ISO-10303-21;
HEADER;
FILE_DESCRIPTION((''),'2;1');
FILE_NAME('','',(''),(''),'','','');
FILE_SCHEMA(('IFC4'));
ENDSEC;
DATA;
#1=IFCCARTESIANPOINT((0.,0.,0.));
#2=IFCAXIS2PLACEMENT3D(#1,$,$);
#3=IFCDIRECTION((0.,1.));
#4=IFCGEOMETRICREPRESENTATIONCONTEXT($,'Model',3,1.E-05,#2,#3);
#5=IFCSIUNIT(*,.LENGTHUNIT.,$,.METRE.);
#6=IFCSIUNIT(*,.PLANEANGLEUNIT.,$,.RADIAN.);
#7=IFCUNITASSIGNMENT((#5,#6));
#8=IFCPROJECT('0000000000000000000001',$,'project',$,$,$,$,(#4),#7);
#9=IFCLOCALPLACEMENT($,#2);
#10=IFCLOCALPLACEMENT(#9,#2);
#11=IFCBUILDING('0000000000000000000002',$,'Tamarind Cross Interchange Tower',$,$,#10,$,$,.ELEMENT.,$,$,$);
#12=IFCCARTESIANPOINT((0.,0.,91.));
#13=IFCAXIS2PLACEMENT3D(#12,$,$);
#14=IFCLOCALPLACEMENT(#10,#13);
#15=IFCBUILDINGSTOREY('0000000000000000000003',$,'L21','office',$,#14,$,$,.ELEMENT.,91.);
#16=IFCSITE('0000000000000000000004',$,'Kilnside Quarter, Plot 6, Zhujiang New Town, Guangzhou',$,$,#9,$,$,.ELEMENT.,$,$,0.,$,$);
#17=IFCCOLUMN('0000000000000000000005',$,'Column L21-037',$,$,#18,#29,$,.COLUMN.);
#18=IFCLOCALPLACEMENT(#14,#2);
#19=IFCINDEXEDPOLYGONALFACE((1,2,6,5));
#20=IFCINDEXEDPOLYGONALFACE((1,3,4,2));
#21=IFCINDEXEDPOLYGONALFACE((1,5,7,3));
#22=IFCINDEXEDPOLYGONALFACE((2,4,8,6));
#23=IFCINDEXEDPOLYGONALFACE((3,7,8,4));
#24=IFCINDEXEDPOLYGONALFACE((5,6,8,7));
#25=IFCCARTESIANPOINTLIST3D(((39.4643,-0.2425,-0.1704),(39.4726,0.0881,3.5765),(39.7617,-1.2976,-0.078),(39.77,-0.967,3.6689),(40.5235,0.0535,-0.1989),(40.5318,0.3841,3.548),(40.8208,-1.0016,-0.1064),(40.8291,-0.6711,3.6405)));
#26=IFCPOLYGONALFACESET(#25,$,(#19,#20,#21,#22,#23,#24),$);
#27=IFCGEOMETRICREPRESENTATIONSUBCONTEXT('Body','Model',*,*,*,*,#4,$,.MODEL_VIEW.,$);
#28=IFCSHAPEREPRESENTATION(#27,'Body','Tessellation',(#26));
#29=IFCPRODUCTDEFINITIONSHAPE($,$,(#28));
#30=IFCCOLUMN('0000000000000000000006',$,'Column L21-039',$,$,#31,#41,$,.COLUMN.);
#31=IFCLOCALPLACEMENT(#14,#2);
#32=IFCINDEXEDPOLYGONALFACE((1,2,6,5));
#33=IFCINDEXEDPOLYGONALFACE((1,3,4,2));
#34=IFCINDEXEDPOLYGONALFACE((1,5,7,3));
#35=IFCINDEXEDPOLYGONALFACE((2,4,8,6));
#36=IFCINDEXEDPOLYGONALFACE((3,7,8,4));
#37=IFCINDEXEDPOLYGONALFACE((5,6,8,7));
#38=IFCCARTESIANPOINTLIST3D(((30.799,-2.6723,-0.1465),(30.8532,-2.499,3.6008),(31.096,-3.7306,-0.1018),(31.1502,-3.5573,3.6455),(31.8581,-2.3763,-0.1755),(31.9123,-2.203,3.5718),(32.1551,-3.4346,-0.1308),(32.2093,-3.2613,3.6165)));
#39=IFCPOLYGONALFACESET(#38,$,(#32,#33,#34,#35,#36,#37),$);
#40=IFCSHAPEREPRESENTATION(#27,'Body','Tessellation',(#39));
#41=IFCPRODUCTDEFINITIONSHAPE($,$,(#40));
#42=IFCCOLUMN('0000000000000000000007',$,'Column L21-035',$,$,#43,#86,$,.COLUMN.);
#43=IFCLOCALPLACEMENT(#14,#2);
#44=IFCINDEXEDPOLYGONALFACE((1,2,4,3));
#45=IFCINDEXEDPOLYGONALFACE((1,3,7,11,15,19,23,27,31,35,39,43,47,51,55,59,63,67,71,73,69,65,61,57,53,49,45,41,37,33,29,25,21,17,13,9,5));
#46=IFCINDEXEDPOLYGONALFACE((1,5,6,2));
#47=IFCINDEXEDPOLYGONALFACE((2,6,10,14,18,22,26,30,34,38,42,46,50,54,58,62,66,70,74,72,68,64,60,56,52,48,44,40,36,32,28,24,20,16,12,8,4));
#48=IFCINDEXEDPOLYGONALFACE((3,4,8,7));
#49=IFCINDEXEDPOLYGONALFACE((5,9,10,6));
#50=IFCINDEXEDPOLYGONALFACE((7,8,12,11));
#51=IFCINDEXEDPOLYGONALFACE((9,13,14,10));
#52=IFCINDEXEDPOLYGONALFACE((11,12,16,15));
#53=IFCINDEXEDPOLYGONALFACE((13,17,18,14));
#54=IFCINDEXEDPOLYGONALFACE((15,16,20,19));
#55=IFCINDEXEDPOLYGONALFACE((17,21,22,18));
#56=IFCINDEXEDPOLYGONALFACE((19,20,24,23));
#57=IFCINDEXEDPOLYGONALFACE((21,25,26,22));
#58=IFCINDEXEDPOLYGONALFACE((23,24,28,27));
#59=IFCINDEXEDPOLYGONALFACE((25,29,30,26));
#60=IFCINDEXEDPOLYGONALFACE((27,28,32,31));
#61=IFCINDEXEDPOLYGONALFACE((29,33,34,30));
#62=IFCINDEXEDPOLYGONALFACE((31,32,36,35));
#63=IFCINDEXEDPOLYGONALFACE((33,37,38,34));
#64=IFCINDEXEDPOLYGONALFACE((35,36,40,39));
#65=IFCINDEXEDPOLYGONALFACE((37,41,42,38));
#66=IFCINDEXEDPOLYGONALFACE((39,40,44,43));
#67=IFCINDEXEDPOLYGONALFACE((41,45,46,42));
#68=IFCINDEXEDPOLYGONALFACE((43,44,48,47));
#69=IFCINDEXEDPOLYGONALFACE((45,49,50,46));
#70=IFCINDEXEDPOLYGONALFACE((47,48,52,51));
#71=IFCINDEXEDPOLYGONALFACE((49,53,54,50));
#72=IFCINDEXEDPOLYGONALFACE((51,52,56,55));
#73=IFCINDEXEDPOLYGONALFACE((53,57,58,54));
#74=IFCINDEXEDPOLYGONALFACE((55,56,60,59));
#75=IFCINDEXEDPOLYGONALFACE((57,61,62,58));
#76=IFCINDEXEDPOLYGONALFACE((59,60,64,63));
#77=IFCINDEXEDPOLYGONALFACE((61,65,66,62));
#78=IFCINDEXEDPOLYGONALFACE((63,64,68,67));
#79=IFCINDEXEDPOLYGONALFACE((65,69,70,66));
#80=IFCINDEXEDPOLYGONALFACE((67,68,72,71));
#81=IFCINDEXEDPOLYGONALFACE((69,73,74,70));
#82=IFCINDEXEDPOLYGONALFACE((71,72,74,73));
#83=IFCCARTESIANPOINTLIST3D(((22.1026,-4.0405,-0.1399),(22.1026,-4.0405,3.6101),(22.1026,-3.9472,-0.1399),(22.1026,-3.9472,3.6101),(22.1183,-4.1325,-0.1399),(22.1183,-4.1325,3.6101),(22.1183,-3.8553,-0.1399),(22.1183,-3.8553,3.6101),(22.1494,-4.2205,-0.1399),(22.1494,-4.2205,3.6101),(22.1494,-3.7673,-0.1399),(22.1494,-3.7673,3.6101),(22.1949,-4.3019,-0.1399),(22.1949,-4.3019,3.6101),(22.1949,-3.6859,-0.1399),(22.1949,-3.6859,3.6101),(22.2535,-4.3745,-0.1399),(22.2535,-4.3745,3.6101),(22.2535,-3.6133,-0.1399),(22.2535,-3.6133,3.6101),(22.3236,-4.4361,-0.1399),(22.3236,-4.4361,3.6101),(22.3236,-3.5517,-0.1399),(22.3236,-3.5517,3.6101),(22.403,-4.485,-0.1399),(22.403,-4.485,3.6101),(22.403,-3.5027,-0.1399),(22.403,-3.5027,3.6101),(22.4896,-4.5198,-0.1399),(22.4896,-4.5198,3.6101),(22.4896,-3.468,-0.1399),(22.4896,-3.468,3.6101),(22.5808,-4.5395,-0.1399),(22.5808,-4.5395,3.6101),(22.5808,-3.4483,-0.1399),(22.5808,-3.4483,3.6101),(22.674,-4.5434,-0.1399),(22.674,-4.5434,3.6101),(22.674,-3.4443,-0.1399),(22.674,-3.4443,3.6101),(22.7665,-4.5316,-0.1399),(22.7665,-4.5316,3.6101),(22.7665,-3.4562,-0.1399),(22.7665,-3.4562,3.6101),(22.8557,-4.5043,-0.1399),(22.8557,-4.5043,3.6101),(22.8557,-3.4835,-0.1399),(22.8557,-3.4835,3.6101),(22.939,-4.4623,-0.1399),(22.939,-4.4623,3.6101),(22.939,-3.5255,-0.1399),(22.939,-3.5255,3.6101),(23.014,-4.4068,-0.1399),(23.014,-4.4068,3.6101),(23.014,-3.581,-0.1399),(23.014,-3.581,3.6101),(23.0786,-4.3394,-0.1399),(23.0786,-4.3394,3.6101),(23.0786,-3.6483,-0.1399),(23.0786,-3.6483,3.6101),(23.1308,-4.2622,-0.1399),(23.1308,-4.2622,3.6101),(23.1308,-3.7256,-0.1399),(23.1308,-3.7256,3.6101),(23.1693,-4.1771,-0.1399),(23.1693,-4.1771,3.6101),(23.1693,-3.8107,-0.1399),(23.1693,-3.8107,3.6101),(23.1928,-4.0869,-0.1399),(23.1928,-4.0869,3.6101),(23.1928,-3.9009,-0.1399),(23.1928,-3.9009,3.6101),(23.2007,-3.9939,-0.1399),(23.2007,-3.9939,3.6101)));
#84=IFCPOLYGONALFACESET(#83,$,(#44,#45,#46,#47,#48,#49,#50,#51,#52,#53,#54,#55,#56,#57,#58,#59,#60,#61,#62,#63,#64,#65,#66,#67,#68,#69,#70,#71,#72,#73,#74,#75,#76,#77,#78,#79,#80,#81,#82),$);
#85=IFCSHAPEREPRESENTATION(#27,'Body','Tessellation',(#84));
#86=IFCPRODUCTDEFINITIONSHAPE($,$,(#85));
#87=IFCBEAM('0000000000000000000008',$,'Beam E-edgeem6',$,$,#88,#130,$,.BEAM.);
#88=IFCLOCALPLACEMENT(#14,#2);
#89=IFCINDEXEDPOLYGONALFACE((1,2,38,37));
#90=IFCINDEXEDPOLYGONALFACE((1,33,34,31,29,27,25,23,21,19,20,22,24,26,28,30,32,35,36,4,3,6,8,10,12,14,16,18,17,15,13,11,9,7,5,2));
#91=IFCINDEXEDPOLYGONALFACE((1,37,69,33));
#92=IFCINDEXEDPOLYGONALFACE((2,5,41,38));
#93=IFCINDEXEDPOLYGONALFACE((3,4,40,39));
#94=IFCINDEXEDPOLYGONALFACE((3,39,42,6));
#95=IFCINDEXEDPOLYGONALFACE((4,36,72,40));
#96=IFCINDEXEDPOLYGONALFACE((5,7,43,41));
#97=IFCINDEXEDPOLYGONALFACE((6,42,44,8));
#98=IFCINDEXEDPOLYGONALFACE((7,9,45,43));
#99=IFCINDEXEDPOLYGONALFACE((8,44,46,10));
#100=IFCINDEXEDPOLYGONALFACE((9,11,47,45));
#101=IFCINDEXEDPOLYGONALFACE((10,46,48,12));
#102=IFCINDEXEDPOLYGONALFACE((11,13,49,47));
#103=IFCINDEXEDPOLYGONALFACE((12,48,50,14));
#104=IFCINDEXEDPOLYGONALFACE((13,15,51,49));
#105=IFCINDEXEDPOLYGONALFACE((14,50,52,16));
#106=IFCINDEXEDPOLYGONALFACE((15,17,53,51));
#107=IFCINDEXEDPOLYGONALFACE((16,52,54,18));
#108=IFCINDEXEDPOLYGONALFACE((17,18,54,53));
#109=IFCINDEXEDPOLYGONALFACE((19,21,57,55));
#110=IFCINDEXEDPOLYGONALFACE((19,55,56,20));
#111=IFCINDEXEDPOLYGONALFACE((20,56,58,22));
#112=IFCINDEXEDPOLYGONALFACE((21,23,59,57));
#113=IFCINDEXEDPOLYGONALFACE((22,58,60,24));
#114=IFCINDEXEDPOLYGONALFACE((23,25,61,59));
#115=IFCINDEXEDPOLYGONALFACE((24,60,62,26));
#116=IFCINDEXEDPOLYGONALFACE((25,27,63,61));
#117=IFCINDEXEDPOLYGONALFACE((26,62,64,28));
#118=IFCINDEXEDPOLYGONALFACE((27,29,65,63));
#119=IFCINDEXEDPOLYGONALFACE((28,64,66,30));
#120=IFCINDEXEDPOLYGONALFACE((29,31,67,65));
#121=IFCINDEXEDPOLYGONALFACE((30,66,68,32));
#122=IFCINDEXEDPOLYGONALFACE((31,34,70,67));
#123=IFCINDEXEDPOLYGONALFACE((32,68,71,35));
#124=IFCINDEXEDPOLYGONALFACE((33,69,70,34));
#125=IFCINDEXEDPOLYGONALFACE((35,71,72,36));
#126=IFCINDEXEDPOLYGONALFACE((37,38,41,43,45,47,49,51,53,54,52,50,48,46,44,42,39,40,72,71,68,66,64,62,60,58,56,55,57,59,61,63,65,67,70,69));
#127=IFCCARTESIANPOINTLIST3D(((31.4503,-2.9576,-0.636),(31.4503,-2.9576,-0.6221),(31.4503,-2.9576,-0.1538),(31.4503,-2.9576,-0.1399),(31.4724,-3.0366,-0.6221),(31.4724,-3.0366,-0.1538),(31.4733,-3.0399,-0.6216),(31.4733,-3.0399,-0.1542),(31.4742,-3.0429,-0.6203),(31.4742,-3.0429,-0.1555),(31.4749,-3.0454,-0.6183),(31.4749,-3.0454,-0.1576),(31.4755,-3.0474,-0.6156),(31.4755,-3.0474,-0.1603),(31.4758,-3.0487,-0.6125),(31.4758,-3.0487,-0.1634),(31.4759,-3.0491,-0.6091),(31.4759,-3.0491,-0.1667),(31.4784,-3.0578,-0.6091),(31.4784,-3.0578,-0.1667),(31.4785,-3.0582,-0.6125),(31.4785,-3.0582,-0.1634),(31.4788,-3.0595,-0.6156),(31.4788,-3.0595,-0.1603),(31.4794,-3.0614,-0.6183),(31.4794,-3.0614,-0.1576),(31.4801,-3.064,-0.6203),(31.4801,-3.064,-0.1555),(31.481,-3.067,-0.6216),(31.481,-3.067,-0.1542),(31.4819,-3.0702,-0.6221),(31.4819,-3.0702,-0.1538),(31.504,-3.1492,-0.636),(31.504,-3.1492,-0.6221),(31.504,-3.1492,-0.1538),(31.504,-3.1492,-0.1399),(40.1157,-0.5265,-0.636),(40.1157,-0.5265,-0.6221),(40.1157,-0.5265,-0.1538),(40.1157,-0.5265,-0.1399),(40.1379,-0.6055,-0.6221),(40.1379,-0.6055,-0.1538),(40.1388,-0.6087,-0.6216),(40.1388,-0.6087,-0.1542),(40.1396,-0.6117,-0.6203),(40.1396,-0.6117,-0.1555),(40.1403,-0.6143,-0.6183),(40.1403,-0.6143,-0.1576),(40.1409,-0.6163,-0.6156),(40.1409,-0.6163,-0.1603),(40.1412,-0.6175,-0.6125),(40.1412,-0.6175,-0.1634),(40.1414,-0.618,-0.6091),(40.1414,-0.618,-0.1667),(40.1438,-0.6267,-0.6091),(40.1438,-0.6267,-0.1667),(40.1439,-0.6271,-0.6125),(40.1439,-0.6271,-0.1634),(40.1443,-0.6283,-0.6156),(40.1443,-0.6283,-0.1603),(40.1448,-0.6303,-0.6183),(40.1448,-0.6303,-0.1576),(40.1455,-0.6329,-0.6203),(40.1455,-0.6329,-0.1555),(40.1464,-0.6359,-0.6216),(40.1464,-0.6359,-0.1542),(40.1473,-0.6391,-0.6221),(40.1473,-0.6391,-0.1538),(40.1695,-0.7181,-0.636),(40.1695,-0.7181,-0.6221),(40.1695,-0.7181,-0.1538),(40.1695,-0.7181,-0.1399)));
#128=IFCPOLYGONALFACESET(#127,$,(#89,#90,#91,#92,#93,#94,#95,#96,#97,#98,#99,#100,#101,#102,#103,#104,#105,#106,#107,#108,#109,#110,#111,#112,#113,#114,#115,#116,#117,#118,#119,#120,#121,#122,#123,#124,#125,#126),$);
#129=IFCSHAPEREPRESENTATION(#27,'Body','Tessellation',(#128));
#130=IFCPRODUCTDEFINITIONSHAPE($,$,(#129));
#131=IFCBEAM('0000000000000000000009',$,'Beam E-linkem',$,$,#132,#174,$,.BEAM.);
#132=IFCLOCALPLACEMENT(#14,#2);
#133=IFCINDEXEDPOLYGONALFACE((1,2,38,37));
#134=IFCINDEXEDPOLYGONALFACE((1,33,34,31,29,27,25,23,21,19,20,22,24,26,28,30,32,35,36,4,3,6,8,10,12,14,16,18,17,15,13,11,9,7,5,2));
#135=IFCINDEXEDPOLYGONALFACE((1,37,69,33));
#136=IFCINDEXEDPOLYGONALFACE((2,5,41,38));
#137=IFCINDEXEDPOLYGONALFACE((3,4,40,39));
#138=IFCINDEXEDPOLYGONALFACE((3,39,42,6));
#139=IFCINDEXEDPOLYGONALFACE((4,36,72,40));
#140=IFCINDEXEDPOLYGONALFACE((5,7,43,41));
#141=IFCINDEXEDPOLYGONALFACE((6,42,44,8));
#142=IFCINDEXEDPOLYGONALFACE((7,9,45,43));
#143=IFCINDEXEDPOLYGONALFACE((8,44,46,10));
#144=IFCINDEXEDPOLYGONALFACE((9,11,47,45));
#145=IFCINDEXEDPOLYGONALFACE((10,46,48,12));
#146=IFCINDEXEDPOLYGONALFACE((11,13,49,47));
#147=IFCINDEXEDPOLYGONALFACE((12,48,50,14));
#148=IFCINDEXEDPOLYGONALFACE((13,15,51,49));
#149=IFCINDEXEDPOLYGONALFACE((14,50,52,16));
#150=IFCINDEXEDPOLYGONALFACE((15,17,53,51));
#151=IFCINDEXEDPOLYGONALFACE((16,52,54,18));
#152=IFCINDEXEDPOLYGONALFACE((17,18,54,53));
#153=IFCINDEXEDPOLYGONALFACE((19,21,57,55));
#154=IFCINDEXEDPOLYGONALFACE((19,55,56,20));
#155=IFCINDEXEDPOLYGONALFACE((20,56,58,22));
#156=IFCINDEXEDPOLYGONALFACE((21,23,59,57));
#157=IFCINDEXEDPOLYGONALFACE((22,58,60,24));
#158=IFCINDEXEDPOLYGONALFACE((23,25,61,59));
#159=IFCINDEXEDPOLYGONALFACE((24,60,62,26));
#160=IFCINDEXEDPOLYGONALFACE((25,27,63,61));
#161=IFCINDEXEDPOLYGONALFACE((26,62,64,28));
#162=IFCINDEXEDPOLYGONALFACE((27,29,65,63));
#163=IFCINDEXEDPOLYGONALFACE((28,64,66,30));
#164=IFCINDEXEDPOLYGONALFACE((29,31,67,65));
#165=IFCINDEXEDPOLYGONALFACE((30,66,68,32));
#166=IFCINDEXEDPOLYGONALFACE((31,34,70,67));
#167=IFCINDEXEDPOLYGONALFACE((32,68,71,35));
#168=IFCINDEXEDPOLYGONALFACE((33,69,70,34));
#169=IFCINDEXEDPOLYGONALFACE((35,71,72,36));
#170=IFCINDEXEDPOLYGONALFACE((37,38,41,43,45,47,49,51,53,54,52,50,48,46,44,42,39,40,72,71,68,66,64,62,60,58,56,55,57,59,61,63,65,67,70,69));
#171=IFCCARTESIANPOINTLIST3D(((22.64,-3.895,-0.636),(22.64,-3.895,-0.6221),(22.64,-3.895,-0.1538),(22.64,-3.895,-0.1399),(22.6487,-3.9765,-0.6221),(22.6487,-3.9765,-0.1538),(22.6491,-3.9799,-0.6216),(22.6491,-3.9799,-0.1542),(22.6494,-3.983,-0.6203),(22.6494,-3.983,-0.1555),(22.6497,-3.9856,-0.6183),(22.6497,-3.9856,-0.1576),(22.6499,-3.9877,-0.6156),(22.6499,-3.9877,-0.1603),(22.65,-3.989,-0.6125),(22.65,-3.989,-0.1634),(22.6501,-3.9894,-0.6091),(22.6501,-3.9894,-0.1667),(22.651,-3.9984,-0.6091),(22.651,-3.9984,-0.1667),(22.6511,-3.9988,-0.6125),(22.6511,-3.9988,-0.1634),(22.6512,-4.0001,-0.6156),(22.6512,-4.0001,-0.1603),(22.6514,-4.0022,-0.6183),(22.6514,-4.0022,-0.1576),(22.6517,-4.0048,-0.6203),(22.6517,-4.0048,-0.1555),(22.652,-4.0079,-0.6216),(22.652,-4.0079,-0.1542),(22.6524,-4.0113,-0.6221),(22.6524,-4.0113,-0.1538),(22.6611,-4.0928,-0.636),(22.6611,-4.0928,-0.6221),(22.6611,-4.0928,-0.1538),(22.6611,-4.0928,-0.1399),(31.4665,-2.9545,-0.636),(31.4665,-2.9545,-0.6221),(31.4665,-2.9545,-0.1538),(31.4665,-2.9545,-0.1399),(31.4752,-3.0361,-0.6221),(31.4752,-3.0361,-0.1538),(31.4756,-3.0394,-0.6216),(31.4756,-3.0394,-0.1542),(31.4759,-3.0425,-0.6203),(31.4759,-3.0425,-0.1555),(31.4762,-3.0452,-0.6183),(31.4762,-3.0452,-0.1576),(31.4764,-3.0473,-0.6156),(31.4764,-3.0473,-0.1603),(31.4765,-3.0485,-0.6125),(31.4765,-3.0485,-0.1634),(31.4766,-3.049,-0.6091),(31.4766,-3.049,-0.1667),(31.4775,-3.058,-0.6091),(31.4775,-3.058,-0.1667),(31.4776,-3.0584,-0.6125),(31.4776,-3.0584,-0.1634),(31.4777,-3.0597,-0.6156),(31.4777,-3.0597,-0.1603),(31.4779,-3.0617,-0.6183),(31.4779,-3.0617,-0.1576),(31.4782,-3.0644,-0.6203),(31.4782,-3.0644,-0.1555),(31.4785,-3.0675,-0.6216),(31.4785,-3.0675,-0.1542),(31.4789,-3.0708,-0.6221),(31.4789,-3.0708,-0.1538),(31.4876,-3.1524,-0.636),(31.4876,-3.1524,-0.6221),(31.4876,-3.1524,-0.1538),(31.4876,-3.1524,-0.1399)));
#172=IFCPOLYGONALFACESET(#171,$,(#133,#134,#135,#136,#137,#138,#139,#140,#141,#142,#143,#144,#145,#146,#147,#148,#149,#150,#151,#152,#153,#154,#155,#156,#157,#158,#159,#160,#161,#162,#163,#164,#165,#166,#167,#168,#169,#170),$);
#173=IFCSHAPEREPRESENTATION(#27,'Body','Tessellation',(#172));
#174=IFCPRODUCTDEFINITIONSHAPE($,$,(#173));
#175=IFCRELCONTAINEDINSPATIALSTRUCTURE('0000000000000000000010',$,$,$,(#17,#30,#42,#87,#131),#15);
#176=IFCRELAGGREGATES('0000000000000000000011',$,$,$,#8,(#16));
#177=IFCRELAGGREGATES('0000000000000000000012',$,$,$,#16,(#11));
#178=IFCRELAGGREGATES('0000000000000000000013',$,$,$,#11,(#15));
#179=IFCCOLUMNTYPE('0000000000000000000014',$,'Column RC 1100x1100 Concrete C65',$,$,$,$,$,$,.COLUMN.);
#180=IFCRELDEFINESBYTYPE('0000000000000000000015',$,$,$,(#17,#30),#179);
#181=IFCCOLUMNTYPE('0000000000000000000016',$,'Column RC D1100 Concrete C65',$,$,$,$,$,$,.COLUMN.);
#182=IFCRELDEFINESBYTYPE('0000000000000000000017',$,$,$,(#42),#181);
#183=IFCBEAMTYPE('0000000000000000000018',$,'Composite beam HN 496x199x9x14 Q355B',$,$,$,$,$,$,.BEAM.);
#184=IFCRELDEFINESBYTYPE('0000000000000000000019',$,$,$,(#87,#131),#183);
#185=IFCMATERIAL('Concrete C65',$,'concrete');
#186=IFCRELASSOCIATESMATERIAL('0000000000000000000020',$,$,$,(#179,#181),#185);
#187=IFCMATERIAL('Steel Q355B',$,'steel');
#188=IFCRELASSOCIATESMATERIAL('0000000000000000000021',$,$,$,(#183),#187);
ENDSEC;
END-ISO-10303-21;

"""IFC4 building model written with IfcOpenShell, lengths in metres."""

from ifc_helpers import new_model, si_unit, direction, frame, origin, origin_2d, place, context, subcontext, project, spatial, rectangle, circle, i_section, extrude, material, material_profile, profile_set, type_object, element, save


model = new_model("IFC4")

# Units and contexts
model_context = context("Model", 3, precision=1e-05, world=origin(), true_north=direction((0.0, 1.0)))
body_context = subcontext(model_context, "Body", "Model", "MODEL_VIEW")
ifc_project = project(units=[si_unit("LENGTHUNIT", "METRE"), si_unit("PLANEANGLEUNIT", "RADIAN")], contexts=[model_context])

# Site, building, storey
site_placement = place(None, origin())
site = spatial("IfcSite", under=ifc_project, at=site_placement, Name="Kilnside Quarter, Plot 6, Zhujiang New Town, Guangzhou", CompositionType="ELEMENT", RefElevation=0.0)
building_placement = place(site_placement, origin())
building = spatial("IfcBuilding", under=site, at=building_placement, Name="Tamarind Cross Interchange Tower", CompositionType="ELEMENT")
storey_placement = place(building_placement, frame((0.0, 0.0, 91.0)))
storey = spatial("IfcBuildingStorey", under=building, at=storey_placement, Name="L21", Description="office", CompositionType="ELEMENT", Elevation=91.0)

# Columns
ifc_material_1 = material(Name="Concrete C65", Category="concrete")
ifc_material_profile_1 = material_profile(ifc_material_1, rectangle(XDim=1.1001, YDim=1.1001, at=origin_2d()), Name="RC 1100x1100")
ifc_profile_set_1 = profile_set([ifc_material_profile_1], Name="Concrete C65")
column_type_1 = type_object("IfcColumnType", Name="Column RC 1100x1100 Concrete C65", PredefinedType="COLUMN", material=ifc_profile_set_1)
column_1_placement = place(storey_placement, frame((40.1426, -0.6221, -0.1384), z_axis=(0.002207, 0.087884, 0.996128), x_axis=(-0.962778, -0.269052, 0.02587)))
element("IfcColumn", 1, at=column_1_placement, inside=storey, type_object=column_type_1, Name="Column L21-037", PredefinedType="COLUMN", context=body_context, shape_type="SweptSolid", body=[
    extrude(rectangle(XDim=1.1001, YDim=1.1001, at=origin_2d()), origin(), (0.0, 0.0, 1.0), 3.7615),
])
column_2_placement = place(storey_placement, frame((31.4771, -3.0535, -0.1387), z_axis=(0.014447, 0.046203, 0.998828), x_axis=(-0.962761, -0.269064, 0.026371)))
element("IfcColumn", 2, at=column_2_placement, inside=storey, type_object=column_type_1, Name="Column L21-039", PredefinedType="COLUMN", context=body_context, shape_type="SweptSolid", body=[
    extrude(rectangle(XDim=1.1001, YDim=1.1001, at=origin_2d()), origin(), (0.0, 0.0, 1.0), 3.7517),
])
ifc_material_profile_2 = material_profile(ifc_material_1, circle(Radius=0.55, at=origin_2d()), Name="RC D1100")
ifc_profile_set_2 = profile_set([ifc_material_profile_2], Name="Concrete C65")
column_type_2 = type_object("IfcColumnType", Name="Column RC D1100 Concrete C65", PredefinedType="COLUMN", material=ifc_profile_set_2)
column_3_placement = place(storey_placement, frame((22.6506, -3.9939, -0.1399), z_axis=(0.0, 0.0, 1.0), x_axis=(1.0, 0.0, 0.0)))
element("IfcColumn", 3, at=column_3_placement, inside=storey, type_object=column_type_2, Name="Column L21-035", PredefinedType="COLUMN", context=body_context, shape_type="SweptSolid", body=[
    extrude(circle(Radius=0.55, at=origin_2d()), origin(), (0.0, 0.0, 1.0), 3.75),
])

# Beams
ifc_material_2 = material(Name="Steel Q355B", Category="steel")
ifc_material_profile_3 = material_profile(ifc_material_2, i_section(OverallWidth=0.199, OverallDepth=0.4961, WebThickness=0.009, FlangeThickness=0.0139, FilletRadius=0.0129, at=origin_2d()), Name="HN 496x199x9x14")
ifc_profile_set_3 = profile_set([ifc_material_profile_3], Name="Steel Q355B")
beam_type_1 = type_object("IfcBeamType", Name="Composite beam HN 496x199x9x14 Q355B", PredefinedType="BEAM", material=ifc_profile_set_3)
beam_1_placement = place(storey_placement, frame((40.1426, -0.6223, -0.3879), z_axis=(-0.962825, -0.270125, 0.0), x_axis=(0.270125, -0.962825, 0.0)))
element("IfcBeam", 4, at=beam_1_placement, inside=storey, type_object=beam_type_1, Name="Beam E-edgeem6", PredefinedType="BEAM", context=body_context, shape_type="SweptSolid", body=[
    extrude(i_section(OverallWidth=0.199, OverallDepth=0.4961, WebThickness=0.009, FlangeThickness=0.0139, FilletRadius=0.0129, at=origin_2d()), origin(), (0.0, 0.0, 1.0), 9.0),
])
beam_2_placement = place(storey_placement, frame((31.4771, -3.0535, -0.3879), z_axis=(-0.994372, -0.105947, 0.0), x_axis=(0.105947, -0.994372, 0.0)))
element("IfcBeam", 5, at=beam_2_placement, inside=storey, type_object=beam_type_1, Name="Beam E-linkem", PredefinedType="BEAM", context=body_context, shape_type="SweptSolid", body=[
    extrude(i_section(OverallWidth=0.199, OverallDepth=0.4961, WebThickness=0.009, FlangeThickness=0.0139, FilletRadius=0.0129, at=origin_2d()), origin(), (0.0, 0.0, 1.0), 8.8765),
])

save(model, "model.ifc")
